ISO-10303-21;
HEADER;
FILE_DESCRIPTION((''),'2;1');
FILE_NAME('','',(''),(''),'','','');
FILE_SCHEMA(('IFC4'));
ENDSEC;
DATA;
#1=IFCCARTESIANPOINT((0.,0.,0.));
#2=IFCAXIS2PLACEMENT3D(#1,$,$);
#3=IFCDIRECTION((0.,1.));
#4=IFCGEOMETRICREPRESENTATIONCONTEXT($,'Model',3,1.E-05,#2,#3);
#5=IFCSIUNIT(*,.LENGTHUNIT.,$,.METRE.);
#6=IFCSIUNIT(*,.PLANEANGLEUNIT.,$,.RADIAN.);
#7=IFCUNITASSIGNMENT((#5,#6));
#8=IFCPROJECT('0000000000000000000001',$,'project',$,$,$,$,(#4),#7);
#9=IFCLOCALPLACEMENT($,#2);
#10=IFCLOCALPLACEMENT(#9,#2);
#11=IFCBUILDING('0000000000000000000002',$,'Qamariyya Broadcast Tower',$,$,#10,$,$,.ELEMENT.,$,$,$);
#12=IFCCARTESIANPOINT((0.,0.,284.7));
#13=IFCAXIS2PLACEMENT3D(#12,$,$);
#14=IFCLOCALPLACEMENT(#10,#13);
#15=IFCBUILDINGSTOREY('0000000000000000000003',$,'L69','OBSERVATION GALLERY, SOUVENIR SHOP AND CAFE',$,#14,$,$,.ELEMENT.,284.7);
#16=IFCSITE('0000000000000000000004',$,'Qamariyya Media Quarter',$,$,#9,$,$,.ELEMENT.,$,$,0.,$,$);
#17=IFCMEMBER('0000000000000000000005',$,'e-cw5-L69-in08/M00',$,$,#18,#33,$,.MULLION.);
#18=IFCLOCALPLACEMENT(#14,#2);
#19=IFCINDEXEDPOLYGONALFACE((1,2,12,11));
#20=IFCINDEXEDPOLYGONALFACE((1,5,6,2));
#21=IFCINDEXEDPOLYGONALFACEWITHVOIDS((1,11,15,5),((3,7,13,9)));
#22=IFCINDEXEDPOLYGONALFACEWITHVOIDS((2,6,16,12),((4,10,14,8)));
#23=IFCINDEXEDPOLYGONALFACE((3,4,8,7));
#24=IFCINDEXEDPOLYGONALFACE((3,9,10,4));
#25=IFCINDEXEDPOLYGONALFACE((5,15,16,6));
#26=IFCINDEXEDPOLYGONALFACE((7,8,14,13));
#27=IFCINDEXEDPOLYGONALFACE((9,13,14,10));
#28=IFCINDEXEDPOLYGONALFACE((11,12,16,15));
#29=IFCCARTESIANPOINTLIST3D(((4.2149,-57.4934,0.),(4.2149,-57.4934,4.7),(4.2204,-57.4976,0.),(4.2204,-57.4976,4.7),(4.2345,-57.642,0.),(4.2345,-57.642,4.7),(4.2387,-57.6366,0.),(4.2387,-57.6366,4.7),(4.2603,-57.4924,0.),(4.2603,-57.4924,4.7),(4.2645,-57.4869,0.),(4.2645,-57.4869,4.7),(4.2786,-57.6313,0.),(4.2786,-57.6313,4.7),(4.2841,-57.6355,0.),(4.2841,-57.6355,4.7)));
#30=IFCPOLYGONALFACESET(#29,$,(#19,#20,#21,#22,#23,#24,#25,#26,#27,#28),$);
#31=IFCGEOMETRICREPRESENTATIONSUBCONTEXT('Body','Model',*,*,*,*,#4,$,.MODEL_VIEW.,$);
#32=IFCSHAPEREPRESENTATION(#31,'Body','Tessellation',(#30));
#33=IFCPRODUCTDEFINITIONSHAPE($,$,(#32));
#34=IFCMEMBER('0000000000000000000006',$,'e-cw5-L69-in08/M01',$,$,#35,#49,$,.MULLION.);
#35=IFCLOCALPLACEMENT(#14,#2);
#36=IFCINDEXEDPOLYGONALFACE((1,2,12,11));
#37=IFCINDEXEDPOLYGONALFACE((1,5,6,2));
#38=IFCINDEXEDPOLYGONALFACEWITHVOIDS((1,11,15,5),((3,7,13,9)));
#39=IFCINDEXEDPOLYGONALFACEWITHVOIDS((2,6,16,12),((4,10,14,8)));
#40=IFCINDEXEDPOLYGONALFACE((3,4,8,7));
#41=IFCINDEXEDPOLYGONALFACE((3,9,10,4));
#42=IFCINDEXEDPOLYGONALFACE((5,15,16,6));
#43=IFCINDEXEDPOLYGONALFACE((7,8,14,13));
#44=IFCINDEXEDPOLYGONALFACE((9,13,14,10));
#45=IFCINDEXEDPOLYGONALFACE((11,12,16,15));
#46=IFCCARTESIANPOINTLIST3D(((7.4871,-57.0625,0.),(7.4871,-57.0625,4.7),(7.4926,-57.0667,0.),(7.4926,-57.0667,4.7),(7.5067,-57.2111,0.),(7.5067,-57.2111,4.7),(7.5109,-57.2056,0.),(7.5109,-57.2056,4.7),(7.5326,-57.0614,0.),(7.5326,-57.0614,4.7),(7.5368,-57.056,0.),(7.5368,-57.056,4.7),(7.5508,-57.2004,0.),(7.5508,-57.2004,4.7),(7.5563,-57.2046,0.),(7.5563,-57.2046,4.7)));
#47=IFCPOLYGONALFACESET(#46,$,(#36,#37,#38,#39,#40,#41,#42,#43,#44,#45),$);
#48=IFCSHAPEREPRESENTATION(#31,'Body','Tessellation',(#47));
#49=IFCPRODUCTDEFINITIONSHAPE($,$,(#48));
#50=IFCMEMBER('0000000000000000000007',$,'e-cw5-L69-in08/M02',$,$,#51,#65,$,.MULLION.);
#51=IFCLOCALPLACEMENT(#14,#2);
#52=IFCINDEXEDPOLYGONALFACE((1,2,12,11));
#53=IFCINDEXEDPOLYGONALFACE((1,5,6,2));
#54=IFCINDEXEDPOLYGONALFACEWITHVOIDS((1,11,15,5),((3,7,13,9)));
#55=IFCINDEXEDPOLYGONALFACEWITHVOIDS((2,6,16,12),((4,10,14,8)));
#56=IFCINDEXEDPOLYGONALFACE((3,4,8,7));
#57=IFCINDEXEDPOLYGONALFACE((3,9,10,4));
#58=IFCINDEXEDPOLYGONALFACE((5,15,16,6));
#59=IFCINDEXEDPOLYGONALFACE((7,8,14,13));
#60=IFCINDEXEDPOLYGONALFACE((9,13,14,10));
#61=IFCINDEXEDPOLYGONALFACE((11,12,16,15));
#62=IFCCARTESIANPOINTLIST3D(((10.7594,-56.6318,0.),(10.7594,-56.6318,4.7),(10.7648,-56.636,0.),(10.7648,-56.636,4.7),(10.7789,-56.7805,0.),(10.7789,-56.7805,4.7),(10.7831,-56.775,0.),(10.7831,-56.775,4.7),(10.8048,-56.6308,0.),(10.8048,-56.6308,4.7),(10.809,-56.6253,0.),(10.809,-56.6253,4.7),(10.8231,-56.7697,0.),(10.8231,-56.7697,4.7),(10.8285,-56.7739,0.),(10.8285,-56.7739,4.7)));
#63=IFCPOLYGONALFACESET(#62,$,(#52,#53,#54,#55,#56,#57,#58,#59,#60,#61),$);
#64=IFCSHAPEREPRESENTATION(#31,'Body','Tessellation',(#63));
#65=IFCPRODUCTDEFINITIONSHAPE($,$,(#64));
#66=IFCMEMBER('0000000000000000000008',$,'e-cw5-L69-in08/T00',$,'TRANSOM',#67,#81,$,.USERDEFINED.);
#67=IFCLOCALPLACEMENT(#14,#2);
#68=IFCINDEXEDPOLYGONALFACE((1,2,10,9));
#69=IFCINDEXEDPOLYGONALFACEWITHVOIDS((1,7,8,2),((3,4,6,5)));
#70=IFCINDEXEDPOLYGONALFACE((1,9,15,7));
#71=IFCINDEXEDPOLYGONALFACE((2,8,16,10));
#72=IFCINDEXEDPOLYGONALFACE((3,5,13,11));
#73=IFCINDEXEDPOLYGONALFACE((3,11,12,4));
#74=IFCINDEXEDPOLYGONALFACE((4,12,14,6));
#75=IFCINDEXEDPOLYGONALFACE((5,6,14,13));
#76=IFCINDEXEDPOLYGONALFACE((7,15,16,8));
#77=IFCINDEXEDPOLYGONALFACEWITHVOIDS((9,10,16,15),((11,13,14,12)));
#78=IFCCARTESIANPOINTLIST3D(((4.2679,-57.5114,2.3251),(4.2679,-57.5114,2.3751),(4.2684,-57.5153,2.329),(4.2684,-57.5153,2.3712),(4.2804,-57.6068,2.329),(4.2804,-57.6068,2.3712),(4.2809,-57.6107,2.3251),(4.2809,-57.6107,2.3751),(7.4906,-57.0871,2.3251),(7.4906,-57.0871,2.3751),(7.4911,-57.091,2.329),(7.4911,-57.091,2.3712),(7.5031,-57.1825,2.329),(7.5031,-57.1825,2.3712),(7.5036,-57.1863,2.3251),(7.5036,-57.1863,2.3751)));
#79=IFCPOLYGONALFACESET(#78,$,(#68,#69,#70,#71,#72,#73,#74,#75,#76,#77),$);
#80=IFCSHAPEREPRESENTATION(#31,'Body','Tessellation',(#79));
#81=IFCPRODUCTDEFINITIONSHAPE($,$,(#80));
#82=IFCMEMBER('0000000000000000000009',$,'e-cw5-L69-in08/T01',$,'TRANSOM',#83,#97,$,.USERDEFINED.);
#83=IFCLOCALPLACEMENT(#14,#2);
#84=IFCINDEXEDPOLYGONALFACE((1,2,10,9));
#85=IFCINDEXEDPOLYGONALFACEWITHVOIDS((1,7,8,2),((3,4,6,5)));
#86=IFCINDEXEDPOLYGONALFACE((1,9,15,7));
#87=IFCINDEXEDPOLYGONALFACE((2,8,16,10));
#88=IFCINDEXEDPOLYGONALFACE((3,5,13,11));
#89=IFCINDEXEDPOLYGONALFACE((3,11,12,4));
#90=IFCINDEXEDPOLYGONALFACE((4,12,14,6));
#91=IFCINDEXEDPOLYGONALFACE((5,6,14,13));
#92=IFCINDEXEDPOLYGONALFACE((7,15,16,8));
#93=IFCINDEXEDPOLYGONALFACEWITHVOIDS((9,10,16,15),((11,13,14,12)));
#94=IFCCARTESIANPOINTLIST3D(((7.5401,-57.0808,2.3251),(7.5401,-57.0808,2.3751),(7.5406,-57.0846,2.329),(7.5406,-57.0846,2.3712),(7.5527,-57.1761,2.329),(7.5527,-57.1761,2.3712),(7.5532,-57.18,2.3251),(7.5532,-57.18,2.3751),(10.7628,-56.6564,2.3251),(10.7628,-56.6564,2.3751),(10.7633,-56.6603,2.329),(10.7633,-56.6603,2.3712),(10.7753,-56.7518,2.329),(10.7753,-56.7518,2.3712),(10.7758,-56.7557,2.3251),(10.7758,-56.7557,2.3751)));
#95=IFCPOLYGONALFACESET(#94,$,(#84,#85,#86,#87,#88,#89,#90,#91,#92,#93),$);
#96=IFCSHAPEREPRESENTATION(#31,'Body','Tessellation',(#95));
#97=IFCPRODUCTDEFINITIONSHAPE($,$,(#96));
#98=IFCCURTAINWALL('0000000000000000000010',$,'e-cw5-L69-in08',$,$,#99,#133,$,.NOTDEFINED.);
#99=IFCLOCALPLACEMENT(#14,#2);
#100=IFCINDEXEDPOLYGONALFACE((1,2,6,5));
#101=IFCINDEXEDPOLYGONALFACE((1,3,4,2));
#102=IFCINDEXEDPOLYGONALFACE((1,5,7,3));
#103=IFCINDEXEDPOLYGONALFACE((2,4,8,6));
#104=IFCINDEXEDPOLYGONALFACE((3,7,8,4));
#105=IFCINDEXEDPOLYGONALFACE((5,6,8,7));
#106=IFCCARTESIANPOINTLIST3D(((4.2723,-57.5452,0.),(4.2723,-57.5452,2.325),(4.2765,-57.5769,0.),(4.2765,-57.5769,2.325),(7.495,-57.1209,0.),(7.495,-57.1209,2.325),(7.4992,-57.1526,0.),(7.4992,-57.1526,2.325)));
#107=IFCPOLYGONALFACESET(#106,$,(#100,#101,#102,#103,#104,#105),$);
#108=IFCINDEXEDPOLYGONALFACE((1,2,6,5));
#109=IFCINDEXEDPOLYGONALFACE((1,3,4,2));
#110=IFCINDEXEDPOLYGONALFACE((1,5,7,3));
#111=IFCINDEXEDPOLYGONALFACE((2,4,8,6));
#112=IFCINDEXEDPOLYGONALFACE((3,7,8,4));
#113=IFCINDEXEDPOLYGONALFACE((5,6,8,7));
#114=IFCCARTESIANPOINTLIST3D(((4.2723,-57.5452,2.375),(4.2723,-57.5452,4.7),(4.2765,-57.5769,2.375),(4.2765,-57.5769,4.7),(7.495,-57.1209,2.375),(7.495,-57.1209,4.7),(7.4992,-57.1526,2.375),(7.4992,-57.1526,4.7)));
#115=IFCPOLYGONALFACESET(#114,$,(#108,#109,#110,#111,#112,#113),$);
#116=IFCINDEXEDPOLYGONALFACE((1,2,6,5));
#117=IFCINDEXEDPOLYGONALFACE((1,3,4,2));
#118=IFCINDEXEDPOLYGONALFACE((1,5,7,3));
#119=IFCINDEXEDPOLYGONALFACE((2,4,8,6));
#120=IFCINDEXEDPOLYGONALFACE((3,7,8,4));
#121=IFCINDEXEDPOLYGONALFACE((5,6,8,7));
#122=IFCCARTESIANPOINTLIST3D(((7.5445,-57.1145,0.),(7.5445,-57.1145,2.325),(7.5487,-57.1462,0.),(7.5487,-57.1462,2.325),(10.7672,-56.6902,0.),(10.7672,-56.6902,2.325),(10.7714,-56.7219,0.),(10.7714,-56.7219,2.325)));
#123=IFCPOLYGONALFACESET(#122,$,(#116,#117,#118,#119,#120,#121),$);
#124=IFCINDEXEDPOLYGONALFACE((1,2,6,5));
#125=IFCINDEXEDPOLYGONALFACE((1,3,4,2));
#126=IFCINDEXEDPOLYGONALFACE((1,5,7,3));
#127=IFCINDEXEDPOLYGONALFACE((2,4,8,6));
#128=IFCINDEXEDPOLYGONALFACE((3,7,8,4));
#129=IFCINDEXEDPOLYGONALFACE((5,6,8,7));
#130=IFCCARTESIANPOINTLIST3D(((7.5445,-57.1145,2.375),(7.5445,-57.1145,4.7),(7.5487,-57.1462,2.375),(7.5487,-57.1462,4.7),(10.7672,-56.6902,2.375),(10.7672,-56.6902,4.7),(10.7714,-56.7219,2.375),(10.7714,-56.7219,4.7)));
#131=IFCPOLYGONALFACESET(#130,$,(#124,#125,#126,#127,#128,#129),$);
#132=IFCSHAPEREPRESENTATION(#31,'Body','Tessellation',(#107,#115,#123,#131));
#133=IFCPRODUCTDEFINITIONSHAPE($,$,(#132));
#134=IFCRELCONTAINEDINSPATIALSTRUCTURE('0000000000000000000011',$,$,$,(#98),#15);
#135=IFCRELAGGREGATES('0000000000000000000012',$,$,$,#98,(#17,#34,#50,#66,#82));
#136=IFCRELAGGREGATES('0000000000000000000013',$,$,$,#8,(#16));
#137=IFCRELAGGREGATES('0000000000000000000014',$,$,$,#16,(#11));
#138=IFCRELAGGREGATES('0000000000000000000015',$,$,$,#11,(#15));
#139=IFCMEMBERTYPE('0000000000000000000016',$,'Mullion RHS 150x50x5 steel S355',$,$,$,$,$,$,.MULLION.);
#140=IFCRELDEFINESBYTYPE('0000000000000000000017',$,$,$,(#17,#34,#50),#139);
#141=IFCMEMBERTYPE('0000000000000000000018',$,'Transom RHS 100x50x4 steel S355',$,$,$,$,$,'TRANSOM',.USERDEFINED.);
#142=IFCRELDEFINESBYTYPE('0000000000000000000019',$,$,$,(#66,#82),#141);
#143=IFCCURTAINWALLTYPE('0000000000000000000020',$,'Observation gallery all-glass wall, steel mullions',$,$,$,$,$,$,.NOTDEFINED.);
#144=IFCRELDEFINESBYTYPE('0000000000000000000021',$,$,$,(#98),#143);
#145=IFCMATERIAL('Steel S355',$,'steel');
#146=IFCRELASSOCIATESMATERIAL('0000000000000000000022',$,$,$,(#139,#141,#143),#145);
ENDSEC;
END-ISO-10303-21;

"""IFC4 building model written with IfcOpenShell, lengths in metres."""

from ifc_helpers import new_model, si_unit, direction, frame, origin, origin_2d, place, context, subcontext, project, spatial, rectangle, hollow_rectangle, extrude, material, material_profile, profile_set, type_object, element, aggregate, save


model = new_model("IFC4")

# Units and contexts
model_context = context("Model", 3, precision=1e-05, world=origin(), true_north=direction((0.0, 1.0)))
body_context = subcontext(model_context, "Body", "Model", "MODEL_VIEW")
ifc_project = project(units=[si_unit("LENGTHUNIT", "METRE"), si_unit("PLANEANGLEUNIT", "RADIAN")], contexts=[model_context])

# Members
ifc_material = material(Name="Steel S355", Category="steel")
ifc_material_profile_1 = material_profile(ifc_material, hollow_rectangle(XDim=0.1499, YDim=0.05, WallThickness=0.0049, at=origin_2d()))
ifc_profile_set_1 = profile_set([ifc_material_profile_1], Name="Steel S355")
member_type_1 = type_object("IfcMemberType", Name="Mullion RHS 150x50x5 steel S355", PredefinedType="MULLION", material=ifc_profile_set_1)
site_placement = place(None, origin())
building_placement = place(site_placement, origin())
storey_placement = place(building_placement, frame((0.0, 0.0, 284.7)))
member_1_placement = place(storey_placement, frame((4.2495, -57.5645, 0.0), z_axis=(0.0, 0.0, 1.0), x_axis=(-0.130526, 0.991445, 0.0)))
member_1 = element("IfcMember", 1, at=member_1_placement, type_object=member_type_1, Name="e-cw5-L69-in08/M00", PredefinedType="MULLION", context=body_context, shape_type="SweptSolid", body=[
    extrude(hollow_rectangle(XDim=0.1499, YDim=0.05, WallThickness=0.0049, at=origin_2d()), origin(), (0.0, 0.0, 1.0), 4.7),
])
member_2_placement = place(storey_placement, frame((7.5217, -57.1335, 0.0), z_axis=(0.0, 0.0, 1.0), x_axis=(-0.130526, 0.991445, 0.0)))
member_2 = element("IfcMember", 2, at=member_2_placement, type_object=member_type_1, Name="e-cw5-L69-in08/M01", PredefinedType="MULLION", context=body_context, shape_type="SweptSolid", body=[
    extrude(hollow_rectangle(XDim=0.1499, YDim=0.05, WallThickness=0.0049, at=origin_2d()), origin(), (0.0, 0.0, 1.0), 4.7),
])
member_3_placement = place(storey_placement, frame((10.7939, -56.7029, 0.0), z_axis=(0.0, 0.0, 1.0), x_axis=(-0.130526, 0.991445, 0.0)))
member_3 = element("IfcMember", 3, at=member_3_placement, type_object=member_type_1, Name="e-cw5-L69-in08/M02", PredefinedType="MULLION", context=body_context, shape_type="SweptSolid", body=[
    extrude(hollow_rectangle(XDim=0.1499, YDim=0.05, WallThickness=0.0049, at=origin_2d()), origin(), (0.0, 0.0, 1.0), 4.7),
])
ifc_material_profile_2 = material_profile(ifc_material, hollow_rectangle(XDim=0.1001, YDim=0.05, WallThickness=0.0039, at=origin_2d()))
ifc_profile_set_2 = profile_set([ifc_material_profile_2], Name="Steel S355")
member_type_2 = type_object("IfcMemberType", Name="Transom RHS 100x50x4 steel S355", ElementType="TRANSOM", PredefinedType="USERDEFINED", material=ifc_profile_set_2)
member_4_placement = place(storey_placement, frame((4.2744, -57.561, 2.3501), z_axis=(0.991443, 0.13054, 0.0), x_axis=(-0.13054, 0.991443, 0.0)))
member_4 = element("IfcMember", 4, at=member_4_placement, type_object=member_type_2, Name="e-cw5-L69-in08/T00", ObjectType="TRANSOM", PredefinedType="USERDEFINED", context=body_context, shape_type="SweptSolid", body=[
    extrude(hollow_rectangle(XDim=0.1001, YDim=0.05, WallThickness=0.0039, at=origin_2d()), origin(), (0.0, 0.0, 1.0), 3.2505),
])
member_5_placement = place(storey_placement, frame((7.5466, -57.1304, 2.3501), z_axis=(0.991443, 0.13054, 0.0), x_axis=(-0.13054, 0.991443, 0.0)))
member_5 = element("IfcMember", 5, at=member_5_placement, type_object=member_type_2, Name="e-cw5-L69-in08/T01", ObjectType="TRANSOM", PredefinedType="USERDEFINED", context=body_context, shape_type="SweptSolid", body=[
    extrude(hollow_rectangle(XDim=0.1001, YDim=0.05, WallThickness=0.0039, at=origin_2d()), origin(), (0.0, 0.0, 1.0), 3.2505),
])

# Site, building, storey
site = spatial("IfcSite", under=ifc_project, at=site_placement, Name="Qamariyya Media Quarter", CompositionType="ELEMENT", RefElevation=0.0)
building = spatial("IfcBuilding", under=site, at=building_placement, Name="Qamariyya Broadcast Tower", CompositionType="ELEMENT")
storey = spatial("IfcBuildingStorey", under=building, at=storey_placement, Name="L69", Description="OBSERVATION GALLERY, SOUVENIR SHOP AND CAFE", CompositionType="ELEMENT", Elevation=284.7)

# Curtain wall
curtain_wall_type = type_object("IfcCurtainWallType", Name="Observation gallery all-glass wall, steel mullions", PredefinedType="NOTDEFINED", material=ifc_material)
curtain_wall_1_placement = place(storey_placement, origin())
curtain_wall_1 = element("IfcCurtainWall", 6, at=curtain_wall_1_placement, inside=storey, type_object=curtain_wall_type, Name="e-cw5-L69-in08", PredefinedType="NOTDEFINED", context=body_context, shape_type="SweptSolid", body=[
    extrude(rectangle(XDim=3.2505, YDim=0.032, at=origin_2d()), frame((5.8857, -57.3489, 0.0), x_axis=(0.991444, 0.130533, 0.0)), (0.0, 0.0, 1.0), 2.325),
    extrude(rectangle(XDim=3.2505, YDim=0.032, at=origin_2d()), frame((5.8857, -57.3489, 2.375), x_axis=(0.991444, 0.130533, 0.0)), (0.0, 0.0, 1.0), 2.325),
    extrude(rectangle(XDim=3.2505, YDim=0.032, at=origin_2d()), frame((9.158, -56.9182, 0.0), x_axis=(0.991444, 0.130533, 0.0)), (0.0, 0.0, 1.0), 2.325),
    extrude(rectangle(XDim=3.2505, YDim=0.032, at=origin_2d()), frame((9.158, -56.9182, 2.375), x_axis=(0.991444, 0.130533, 0.0)), (0.0, 0.0, 1.0), 2.325),
])
aggregate(curtain_wall_1, [member_1, member_2, member_3, member_4, member_5])

save(model, "model.ifc")
